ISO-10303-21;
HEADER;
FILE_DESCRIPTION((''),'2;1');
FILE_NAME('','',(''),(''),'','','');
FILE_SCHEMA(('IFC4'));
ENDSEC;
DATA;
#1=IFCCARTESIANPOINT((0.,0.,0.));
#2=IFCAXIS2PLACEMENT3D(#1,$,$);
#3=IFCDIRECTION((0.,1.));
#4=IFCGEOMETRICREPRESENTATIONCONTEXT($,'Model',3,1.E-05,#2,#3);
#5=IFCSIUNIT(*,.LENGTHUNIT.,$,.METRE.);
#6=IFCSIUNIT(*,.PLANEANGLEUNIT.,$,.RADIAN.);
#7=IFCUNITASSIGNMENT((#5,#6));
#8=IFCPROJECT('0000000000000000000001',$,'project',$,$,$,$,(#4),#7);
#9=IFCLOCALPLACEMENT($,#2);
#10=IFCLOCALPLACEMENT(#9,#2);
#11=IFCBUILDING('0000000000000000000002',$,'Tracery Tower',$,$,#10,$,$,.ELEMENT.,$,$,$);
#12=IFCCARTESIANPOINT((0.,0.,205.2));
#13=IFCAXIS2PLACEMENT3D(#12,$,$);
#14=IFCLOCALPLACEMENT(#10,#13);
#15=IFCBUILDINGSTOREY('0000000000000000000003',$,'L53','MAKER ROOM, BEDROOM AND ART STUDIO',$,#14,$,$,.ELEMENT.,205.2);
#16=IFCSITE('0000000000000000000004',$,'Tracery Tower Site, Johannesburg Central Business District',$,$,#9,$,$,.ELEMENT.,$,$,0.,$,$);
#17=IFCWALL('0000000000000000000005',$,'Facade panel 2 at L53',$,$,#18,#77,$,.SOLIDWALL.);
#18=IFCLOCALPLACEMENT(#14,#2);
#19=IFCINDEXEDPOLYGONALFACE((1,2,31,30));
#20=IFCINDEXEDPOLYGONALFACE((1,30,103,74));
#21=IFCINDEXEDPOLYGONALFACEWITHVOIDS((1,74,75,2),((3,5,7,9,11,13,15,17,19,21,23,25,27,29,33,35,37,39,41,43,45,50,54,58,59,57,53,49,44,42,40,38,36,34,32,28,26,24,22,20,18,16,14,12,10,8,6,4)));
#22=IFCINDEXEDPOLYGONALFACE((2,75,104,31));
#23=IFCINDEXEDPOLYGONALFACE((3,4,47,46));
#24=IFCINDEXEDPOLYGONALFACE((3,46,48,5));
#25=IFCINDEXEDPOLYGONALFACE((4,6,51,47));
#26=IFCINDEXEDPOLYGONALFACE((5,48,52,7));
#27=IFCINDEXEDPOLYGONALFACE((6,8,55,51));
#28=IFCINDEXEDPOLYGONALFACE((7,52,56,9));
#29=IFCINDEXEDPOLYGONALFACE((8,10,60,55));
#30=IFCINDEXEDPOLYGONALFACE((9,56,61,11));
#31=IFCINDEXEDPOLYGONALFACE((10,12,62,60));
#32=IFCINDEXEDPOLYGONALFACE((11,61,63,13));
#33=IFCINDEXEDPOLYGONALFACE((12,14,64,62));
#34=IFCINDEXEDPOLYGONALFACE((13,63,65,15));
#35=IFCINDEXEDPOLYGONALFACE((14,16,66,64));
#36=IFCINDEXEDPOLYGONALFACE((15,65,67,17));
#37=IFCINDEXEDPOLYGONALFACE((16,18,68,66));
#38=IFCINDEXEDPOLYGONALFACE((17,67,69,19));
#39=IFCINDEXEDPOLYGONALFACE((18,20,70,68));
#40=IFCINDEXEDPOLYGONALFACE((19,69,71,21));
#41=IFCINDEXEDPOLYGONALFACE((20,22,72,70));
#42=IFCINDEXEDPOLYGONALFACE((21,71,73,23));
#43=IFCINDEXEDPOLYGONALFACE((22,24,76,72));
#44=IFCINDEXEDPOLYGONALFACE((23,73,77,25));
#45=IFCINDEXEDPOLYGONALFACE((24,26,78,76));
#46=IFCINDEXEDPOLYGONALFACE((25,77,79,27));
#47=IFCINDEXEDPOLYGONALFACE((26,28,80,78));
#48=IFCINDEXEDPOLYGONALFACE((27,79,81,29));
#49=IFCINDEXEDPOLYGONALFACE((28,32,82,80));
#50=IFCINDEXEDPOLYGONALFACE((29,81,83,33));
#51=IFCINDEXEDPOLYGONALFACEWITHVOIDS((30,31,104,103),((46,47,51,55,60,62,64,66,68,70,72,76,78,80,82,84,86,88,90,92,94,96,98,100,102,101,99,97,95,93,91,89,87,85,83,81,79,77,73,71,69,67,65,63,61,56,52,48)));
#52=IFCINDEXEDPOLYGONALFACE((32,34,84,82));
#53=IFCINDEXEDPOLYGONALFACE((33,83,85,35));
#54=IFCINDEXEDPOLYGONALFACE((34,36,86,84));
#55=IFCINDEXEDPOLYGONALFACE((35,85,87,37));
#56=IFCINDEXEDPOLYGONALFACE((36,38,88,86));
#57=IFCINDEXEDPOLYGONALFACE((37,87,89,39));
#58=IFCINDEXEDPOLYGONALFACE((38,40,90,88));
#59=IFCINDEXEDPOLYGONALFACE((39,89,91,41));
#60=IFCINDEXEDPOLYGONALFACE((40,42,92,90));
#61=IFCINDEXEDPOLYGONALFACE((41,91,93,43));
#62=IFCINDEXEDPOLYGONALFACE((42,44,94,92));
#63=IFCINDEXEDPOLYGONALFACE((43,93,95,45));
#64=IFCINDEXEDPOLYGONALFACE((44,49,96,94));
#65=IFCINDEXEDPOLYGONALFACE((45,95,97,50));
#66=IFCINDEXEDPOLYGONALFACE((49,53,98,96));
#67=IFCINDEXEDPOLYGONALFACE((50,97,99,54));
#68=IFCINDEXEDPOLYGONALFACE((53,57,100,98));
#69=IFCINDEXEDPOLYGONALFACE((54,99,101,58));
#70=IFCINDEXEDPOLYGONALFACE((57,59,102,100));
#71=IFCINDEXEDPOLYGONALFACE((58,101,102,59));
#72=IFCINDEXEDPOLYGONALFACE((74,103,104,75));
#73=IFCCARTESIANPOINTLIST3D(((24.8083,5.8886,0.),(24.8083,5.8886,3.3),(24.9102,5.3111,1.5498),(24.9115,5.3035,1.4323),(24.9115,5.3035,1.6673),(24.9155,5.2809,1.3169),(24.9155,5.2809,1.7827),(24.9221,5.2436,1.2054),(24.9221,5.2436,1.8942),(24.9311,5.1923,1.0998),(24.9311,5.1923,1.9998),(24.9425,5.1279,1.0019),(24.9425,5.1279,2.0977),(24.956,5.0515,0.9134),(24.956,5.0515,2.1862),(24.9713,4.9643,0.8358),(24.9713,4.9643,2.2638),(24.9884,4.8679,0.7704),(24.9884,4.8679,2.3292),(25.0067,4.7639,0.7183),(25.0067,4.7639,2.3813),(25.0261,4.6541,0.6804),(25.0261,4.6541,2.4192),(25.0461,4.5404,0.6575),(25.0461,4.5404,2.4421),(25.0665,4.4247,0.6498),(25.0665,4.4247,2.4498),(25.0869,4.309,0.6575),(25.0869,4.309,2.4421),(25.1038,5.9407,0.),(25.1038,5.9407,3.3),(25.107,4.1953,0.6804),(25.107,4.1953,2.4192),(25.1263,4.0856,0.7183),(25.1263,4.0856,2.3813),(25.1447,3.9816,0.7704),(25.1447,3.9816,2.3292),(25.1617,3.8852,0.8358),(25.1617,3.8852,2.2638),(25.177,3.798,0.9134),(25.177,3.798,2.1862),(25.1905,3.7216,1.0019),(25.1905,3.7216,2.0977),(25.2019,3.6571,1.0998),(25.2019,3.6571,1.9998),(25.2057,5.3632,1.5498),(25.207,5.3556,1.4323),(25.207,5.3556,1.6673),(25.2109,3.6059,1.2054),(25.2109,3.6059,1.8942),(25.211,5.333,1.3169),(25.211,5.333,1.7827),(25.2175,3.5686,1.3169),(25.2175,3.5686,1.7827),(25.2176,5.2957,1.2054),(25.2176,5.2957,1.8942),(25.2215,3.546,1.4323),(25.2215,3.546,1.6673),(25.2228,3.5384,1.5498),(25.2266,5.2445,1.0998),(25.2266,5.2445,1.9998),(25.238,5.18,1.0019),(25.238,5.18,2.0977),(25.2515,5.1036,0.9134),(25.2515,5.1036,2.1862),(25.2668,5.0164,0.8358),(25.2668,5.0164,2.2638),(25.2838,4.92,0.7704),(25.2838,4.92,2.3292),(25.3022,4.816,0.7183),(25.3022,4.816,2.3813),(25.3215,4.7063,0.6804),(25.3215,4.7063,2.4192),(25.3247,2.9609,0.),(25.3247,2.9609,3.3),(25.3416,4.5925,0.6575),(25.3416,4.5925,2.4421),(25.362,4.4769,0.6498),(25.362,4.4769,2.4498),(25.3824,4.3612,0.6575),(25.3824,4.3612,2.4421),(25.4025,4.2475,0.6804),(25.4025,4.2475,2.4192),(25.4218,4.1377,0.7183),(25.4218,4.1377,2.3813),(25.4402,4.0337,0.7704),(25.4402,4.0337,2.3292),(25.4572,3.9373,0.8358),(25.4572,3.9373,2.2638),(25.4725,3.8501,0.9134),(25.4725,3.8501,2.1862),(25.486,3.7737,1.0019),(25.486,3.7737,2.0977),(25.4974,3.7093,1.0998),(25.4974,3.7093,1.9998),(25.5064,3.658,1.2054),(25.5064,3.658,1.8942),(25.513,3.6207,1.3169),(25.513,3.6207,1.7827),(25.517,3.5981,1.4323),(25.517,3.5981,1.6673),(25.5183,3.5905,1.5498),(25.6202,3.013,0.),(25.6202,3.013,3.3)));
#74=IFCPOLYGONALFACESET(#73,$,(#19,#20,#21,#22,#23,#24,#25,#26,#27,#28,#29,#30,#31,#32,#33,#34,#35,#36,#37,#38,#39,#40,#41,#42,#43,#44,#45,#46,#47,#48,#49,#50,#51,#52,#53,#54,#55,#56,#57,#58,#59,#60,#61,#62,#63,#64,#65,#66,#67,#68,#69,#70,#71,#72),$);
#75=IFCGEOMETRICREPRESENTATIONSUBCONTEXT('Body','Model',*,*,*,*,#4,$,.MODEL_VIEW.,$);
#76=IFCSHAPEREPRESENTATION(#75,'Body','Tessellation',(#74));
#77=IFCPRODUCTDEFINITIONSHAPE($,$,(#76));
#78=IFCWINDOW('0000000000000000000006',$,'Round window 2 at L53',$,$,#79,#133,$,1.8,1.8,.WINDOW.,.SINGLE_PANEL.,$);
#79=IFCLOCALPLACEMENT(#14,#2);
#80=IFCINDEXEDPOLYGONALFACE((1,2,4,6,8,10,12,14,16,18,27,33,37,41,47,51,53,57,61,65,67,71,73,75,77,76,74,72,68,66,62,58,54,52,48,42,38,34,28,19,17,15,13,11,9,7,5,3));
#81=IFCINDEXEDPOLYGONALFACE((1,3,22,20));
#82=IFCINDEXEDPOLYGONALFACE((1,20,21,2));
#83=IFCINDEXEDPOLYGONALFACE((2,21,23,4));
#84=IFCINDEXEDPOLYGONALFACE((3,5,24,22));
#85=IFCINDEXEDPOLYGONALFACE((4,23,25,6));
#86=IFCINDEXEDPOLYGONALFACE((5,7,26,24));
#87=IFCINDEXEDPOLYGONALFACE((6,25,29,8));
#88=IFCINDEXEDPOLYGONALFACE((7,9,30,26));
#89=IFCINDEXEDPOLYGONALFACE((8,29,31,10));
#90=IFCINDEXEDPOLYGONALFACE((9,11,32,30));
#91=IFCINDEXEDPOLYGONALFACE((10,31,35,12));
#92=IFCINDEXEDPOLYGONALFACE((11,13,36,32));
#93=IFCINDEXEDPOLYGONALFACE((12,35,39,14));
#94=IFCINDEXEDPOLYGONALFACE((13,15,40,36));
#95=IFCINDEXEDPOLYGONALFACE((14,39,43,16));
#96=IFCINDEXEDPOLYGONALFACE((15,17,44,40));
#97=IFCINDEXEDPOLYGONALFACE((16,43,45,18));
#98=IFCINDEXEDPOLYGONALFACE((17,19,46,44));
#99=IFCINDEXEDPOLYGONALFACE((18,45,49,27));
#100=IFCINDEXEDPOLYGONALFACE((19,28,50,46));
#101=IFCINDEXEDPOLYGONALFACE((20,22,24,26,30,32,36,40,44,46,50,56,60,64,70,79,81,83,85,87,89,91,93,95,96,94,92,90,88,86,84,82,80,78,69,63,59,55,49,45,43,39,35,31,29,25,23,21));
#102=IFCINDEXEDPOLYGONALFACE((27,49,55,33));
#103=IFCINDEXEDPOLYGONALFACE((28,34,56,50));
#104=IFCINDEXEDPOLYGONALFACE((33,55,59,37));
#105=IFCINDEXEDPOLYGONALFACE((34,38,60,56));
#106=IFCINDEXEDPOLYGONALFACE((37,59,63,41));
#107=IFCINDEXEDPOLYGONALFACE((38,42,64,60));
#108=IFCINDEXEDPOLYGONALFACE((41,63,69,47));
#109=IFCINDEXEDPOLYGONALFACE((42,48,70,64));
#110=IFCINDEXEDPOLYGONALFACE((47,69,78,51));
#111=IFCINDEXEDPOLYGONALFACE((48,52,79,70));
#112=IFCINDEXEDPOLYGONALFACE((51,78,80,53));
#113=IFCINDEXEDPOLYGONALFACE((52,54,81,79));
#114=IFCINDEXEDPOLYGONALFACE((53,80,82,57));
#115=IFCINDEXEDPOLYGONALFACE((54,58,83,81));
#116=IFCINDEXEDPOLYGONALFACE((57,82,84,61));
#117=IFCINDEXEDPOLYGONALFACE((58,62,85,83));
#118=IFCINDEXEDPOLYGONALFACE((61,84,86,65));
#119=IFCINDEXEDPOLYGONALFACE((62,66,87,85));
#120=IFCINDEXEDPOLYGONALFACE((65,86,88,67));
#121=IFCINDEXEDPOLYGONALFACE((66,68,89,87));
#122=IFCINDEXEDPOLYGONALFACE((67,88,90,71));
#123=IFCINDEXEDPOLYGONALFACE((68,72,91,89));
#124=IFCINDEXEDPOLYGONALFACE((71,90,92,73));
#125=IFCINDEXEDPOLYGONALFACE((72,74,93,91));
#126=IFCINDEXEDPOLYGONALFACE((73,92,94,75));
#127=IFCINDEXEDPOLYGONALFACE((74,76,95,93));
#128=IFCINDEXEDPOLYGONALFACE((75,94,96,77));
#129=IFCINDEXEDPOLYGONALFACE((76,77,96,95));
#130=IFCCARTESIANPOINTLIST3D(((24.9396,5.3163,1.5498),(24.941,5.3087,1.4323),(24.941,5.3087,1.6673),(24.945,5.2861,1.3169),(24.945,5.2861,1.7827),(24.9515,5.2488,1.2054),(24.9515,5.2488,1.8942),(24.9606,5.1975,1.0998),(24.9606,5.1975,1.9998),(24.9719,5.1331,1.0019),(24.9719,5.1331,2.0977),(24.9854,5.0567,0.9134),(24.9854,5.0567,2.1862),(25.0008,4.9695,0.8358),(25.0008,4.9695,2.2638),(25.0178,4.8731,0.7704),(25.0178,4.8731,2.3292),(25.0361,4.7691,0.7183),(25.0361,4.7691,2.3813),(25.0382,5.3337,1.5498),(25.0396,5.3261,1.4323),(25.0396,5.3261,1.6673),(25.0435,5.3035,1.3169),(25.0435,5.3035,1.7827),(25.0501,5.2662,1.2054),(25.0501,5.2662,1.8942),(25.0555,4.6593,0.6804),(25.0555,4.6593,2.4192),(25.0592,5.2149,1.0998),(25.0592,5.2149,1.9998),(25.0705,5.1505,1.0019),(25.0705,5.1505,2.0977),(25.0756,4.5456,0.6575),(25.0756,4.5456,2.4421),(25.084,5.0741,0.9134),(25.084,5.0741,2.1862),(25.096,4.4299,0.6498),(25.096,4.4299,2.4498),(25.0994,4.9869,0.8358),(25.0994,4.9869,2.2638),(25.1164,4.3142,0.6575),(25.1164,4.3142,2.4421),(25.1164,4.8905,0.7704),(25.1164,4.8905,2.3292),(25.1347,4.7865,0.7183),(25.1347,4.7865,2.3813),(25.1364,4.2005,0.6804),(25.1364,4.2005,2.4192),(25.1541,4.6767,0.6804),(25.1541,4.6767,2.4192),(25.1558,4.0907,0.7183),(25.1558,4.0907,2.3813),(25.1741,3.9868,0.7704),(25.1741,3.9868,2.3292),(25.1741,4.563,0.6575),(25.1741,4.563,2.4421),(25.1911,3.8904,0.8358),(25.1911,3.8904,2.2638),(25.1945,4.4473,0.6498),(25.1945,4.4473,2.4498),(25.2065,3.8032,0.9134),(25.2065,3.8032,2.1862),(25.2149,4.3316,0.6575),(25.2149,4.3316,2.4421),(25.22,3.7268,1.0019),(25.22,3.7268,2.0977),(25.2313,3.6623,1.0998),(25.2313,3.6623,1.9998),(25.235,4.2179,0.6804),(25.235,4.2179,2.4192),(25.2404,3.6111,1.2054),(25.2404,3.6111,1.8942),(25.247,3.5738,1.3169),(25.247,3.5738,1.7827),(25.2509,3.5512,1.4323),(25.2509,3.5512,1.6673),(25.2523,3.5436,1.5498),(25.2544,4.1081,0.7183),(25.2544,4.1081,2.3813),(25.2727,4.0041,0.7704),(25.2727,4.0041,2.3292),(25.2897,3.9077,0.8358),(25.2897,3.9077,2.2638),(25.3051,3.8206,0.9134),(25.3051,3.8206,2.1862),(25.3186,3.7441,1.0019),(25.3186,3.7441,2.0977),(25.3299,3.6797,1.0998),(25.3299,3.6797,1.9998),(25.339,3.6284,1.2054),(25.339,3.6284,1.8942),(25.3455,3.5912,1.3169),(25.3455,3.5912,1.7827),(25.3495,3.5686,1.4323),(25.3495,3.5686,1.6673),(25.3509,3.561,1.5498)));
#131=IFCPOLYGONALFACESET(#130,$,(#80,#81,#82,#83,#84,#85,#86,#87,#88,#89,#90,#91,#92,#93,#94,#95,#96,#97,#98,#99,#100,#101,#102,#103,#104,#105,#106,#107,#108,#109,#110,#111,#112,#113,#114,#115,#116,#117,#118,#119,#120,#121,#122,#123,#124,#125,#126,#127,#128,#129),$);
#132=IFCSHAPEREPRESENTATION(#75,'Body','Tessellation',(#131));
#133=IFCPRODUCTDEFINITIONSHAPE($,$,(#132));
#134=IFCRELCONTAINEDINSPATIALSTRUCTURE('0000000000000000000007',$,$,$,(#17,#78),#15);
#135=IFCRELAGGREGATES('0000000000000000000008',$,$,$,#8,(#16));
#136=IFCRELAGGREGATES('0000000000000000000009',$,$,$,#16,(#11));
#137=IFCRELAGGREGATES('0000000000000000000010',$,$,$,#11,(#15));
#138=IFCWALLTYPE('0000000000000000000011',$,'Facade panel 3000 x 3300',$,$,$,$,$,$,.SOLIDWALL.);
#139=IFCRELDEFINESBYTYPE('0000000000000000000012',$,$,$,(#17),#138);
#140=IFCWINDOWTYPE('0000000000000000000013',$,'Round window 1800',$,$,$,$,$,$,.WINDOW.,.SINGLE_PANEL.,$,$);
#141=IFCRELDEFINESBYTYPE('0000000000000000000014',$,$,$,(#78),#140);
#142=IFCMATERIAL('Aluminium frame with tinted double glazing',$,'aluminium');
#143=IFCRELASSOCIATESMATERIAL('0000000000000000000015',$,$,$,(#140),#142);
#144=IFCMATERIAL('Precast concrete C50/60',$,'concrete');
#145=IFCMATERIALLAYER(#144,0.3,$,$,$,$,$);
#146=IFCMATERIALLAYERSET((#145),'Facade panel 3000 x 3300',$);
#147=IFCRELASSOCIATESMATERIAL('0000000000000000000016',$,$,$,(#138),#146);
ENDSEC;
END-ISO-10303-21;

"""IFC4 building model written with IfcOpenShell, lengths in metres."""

from ifc_helpers import new_model, si_unit, direction, frame, frame_2d, origin, origin_2d, place, context, subcontext, project, spatial, rectangle, circle, extrude, material, layer, layer_set, type_object, element, fill, save


model = new_model("IFC4")

# Units and contexts
model_context = context("Model", 3, precision=1e-05, world=origin(), true_north=direction((0.0, 1.0)))
body_context = subcontext(model_context, "Body", "Model", "MODEL_VIEW")
ifc_project = project(units=[si_unit("LENGTHUNIT", "METRE"), si_unit("PLANEANGLEUNIT", "RADIAN")], contexts=[model_context])

# Site, building, storey
site_placement = place(None, origin())
site = spatial("IfcSite", under=ifc_project, at=site_placement, Name="Tracery Tower Site, Johannesburg Central Business District", CompositionType="ELEMENT", RefElevation=0.0)
building_placement = place(site_placement, origin())
building = spatial("IfcBuilding", under=site, at=building_placement, Name="Tracery Tower", CompositionType="ELEMENT")
storey_placement = place(building_placement, frame((0.0, 0.0, 205.2)))
storey = spatial("IfcBuildingStorey", under=building, at=storey_placement, Name="L53", Description="MAKER ROOM, BEDROOM AND ART STUDIO", CompositionType="ELEMENT", Elevation=205.2)

# Wall, opening, window
ifc_material_1 = material(Name="Aluminium frame with tinted double glazing", Category="aluminium")
window_type = type_object("IfcWindowType", Name="Round window 1800", PartitioningType="SINGLE_PANEL", PredefinedType="WINDOW", material=ifc_material_1)
ifc_material_2 = material(Name="Precast concrete C50/60", Category="concrete")
ifc_layer_1 = layer(ifc_material_2, 0.3)
ifc_layer_set_1 = layer_set([ifc_layer_1], Name="Facade panel 3000 x 3300")
wall_type_1 = type_object("IfcWallType", Name="Facade panel 3000 x 3300", PredefinedType="SOLIDWALL", material=ifc_layer_set_1)
wall_1_placement = place(storey_placement, frame((25.4724, 2.9871, 0.0), z_axis=(0.0, 0.0, 1.0), x_axis=(-0.173687, 0.984801, 0.0)))
wall_1 = element("IfcWall", 1, at=wall_1_placement, inside=storey, type_object=wall_type_1, Name="Facade panel 2 at L53", PredefinedType="SOLIDWALL", context=body_context, shape_type="SweptSolid", body=[
    extrude(rectangle(XDim=2.9729, YDim=0.3, at=frame_2d((1.4863, 0.0))), origin(), (0.0, 0.0, 1.0), 3.3),
])
opening_1_placement = place(wall_1_placement, frame((1.4863, 0.0, 1.5498)))
opening_1 = element("IfcOpeningElement", 2, at=opening_1_placement, cuts=wall_1, PredefinedType="OPENING", context=body_context, shape_type="SweptSolid", body=[
    extrude(circle(Radius=0.9, at=origin_2d()), frame((0.0, 0.1599, 0.0), z_axis=(0.0, -1.0, 0.0), x_axis=(1.0, 0.0, 0.0)), (0.0, 0.0, 1.0), 0.3201),
])
window_1_placement = place(opening_1_placement, origin())
window_1 = element("IfcWindow", 3, at=window_1_placement, inside=storey, type_object=window_type, Name="Round window 2 at L53", OverallHeight=1.8, OverallWidth=1.8, PartitioningType="SINGLE_PANEL", PredefinedType="WINDOW", context=body_context, shape_type="SweptSolid", body=[
    extrude(circle(Radius=0.9, at=origin_2d()), frame((0.0, 0.1201, 0.0), z_axis=(0.0, -1.0, 0.0), x_axis=(1.0, 0.0, 0.0)), (0.0, 0.0, 1.0), 0.1001),
])
fill(opening_1, window_1)

save(model, "model.ifc")
